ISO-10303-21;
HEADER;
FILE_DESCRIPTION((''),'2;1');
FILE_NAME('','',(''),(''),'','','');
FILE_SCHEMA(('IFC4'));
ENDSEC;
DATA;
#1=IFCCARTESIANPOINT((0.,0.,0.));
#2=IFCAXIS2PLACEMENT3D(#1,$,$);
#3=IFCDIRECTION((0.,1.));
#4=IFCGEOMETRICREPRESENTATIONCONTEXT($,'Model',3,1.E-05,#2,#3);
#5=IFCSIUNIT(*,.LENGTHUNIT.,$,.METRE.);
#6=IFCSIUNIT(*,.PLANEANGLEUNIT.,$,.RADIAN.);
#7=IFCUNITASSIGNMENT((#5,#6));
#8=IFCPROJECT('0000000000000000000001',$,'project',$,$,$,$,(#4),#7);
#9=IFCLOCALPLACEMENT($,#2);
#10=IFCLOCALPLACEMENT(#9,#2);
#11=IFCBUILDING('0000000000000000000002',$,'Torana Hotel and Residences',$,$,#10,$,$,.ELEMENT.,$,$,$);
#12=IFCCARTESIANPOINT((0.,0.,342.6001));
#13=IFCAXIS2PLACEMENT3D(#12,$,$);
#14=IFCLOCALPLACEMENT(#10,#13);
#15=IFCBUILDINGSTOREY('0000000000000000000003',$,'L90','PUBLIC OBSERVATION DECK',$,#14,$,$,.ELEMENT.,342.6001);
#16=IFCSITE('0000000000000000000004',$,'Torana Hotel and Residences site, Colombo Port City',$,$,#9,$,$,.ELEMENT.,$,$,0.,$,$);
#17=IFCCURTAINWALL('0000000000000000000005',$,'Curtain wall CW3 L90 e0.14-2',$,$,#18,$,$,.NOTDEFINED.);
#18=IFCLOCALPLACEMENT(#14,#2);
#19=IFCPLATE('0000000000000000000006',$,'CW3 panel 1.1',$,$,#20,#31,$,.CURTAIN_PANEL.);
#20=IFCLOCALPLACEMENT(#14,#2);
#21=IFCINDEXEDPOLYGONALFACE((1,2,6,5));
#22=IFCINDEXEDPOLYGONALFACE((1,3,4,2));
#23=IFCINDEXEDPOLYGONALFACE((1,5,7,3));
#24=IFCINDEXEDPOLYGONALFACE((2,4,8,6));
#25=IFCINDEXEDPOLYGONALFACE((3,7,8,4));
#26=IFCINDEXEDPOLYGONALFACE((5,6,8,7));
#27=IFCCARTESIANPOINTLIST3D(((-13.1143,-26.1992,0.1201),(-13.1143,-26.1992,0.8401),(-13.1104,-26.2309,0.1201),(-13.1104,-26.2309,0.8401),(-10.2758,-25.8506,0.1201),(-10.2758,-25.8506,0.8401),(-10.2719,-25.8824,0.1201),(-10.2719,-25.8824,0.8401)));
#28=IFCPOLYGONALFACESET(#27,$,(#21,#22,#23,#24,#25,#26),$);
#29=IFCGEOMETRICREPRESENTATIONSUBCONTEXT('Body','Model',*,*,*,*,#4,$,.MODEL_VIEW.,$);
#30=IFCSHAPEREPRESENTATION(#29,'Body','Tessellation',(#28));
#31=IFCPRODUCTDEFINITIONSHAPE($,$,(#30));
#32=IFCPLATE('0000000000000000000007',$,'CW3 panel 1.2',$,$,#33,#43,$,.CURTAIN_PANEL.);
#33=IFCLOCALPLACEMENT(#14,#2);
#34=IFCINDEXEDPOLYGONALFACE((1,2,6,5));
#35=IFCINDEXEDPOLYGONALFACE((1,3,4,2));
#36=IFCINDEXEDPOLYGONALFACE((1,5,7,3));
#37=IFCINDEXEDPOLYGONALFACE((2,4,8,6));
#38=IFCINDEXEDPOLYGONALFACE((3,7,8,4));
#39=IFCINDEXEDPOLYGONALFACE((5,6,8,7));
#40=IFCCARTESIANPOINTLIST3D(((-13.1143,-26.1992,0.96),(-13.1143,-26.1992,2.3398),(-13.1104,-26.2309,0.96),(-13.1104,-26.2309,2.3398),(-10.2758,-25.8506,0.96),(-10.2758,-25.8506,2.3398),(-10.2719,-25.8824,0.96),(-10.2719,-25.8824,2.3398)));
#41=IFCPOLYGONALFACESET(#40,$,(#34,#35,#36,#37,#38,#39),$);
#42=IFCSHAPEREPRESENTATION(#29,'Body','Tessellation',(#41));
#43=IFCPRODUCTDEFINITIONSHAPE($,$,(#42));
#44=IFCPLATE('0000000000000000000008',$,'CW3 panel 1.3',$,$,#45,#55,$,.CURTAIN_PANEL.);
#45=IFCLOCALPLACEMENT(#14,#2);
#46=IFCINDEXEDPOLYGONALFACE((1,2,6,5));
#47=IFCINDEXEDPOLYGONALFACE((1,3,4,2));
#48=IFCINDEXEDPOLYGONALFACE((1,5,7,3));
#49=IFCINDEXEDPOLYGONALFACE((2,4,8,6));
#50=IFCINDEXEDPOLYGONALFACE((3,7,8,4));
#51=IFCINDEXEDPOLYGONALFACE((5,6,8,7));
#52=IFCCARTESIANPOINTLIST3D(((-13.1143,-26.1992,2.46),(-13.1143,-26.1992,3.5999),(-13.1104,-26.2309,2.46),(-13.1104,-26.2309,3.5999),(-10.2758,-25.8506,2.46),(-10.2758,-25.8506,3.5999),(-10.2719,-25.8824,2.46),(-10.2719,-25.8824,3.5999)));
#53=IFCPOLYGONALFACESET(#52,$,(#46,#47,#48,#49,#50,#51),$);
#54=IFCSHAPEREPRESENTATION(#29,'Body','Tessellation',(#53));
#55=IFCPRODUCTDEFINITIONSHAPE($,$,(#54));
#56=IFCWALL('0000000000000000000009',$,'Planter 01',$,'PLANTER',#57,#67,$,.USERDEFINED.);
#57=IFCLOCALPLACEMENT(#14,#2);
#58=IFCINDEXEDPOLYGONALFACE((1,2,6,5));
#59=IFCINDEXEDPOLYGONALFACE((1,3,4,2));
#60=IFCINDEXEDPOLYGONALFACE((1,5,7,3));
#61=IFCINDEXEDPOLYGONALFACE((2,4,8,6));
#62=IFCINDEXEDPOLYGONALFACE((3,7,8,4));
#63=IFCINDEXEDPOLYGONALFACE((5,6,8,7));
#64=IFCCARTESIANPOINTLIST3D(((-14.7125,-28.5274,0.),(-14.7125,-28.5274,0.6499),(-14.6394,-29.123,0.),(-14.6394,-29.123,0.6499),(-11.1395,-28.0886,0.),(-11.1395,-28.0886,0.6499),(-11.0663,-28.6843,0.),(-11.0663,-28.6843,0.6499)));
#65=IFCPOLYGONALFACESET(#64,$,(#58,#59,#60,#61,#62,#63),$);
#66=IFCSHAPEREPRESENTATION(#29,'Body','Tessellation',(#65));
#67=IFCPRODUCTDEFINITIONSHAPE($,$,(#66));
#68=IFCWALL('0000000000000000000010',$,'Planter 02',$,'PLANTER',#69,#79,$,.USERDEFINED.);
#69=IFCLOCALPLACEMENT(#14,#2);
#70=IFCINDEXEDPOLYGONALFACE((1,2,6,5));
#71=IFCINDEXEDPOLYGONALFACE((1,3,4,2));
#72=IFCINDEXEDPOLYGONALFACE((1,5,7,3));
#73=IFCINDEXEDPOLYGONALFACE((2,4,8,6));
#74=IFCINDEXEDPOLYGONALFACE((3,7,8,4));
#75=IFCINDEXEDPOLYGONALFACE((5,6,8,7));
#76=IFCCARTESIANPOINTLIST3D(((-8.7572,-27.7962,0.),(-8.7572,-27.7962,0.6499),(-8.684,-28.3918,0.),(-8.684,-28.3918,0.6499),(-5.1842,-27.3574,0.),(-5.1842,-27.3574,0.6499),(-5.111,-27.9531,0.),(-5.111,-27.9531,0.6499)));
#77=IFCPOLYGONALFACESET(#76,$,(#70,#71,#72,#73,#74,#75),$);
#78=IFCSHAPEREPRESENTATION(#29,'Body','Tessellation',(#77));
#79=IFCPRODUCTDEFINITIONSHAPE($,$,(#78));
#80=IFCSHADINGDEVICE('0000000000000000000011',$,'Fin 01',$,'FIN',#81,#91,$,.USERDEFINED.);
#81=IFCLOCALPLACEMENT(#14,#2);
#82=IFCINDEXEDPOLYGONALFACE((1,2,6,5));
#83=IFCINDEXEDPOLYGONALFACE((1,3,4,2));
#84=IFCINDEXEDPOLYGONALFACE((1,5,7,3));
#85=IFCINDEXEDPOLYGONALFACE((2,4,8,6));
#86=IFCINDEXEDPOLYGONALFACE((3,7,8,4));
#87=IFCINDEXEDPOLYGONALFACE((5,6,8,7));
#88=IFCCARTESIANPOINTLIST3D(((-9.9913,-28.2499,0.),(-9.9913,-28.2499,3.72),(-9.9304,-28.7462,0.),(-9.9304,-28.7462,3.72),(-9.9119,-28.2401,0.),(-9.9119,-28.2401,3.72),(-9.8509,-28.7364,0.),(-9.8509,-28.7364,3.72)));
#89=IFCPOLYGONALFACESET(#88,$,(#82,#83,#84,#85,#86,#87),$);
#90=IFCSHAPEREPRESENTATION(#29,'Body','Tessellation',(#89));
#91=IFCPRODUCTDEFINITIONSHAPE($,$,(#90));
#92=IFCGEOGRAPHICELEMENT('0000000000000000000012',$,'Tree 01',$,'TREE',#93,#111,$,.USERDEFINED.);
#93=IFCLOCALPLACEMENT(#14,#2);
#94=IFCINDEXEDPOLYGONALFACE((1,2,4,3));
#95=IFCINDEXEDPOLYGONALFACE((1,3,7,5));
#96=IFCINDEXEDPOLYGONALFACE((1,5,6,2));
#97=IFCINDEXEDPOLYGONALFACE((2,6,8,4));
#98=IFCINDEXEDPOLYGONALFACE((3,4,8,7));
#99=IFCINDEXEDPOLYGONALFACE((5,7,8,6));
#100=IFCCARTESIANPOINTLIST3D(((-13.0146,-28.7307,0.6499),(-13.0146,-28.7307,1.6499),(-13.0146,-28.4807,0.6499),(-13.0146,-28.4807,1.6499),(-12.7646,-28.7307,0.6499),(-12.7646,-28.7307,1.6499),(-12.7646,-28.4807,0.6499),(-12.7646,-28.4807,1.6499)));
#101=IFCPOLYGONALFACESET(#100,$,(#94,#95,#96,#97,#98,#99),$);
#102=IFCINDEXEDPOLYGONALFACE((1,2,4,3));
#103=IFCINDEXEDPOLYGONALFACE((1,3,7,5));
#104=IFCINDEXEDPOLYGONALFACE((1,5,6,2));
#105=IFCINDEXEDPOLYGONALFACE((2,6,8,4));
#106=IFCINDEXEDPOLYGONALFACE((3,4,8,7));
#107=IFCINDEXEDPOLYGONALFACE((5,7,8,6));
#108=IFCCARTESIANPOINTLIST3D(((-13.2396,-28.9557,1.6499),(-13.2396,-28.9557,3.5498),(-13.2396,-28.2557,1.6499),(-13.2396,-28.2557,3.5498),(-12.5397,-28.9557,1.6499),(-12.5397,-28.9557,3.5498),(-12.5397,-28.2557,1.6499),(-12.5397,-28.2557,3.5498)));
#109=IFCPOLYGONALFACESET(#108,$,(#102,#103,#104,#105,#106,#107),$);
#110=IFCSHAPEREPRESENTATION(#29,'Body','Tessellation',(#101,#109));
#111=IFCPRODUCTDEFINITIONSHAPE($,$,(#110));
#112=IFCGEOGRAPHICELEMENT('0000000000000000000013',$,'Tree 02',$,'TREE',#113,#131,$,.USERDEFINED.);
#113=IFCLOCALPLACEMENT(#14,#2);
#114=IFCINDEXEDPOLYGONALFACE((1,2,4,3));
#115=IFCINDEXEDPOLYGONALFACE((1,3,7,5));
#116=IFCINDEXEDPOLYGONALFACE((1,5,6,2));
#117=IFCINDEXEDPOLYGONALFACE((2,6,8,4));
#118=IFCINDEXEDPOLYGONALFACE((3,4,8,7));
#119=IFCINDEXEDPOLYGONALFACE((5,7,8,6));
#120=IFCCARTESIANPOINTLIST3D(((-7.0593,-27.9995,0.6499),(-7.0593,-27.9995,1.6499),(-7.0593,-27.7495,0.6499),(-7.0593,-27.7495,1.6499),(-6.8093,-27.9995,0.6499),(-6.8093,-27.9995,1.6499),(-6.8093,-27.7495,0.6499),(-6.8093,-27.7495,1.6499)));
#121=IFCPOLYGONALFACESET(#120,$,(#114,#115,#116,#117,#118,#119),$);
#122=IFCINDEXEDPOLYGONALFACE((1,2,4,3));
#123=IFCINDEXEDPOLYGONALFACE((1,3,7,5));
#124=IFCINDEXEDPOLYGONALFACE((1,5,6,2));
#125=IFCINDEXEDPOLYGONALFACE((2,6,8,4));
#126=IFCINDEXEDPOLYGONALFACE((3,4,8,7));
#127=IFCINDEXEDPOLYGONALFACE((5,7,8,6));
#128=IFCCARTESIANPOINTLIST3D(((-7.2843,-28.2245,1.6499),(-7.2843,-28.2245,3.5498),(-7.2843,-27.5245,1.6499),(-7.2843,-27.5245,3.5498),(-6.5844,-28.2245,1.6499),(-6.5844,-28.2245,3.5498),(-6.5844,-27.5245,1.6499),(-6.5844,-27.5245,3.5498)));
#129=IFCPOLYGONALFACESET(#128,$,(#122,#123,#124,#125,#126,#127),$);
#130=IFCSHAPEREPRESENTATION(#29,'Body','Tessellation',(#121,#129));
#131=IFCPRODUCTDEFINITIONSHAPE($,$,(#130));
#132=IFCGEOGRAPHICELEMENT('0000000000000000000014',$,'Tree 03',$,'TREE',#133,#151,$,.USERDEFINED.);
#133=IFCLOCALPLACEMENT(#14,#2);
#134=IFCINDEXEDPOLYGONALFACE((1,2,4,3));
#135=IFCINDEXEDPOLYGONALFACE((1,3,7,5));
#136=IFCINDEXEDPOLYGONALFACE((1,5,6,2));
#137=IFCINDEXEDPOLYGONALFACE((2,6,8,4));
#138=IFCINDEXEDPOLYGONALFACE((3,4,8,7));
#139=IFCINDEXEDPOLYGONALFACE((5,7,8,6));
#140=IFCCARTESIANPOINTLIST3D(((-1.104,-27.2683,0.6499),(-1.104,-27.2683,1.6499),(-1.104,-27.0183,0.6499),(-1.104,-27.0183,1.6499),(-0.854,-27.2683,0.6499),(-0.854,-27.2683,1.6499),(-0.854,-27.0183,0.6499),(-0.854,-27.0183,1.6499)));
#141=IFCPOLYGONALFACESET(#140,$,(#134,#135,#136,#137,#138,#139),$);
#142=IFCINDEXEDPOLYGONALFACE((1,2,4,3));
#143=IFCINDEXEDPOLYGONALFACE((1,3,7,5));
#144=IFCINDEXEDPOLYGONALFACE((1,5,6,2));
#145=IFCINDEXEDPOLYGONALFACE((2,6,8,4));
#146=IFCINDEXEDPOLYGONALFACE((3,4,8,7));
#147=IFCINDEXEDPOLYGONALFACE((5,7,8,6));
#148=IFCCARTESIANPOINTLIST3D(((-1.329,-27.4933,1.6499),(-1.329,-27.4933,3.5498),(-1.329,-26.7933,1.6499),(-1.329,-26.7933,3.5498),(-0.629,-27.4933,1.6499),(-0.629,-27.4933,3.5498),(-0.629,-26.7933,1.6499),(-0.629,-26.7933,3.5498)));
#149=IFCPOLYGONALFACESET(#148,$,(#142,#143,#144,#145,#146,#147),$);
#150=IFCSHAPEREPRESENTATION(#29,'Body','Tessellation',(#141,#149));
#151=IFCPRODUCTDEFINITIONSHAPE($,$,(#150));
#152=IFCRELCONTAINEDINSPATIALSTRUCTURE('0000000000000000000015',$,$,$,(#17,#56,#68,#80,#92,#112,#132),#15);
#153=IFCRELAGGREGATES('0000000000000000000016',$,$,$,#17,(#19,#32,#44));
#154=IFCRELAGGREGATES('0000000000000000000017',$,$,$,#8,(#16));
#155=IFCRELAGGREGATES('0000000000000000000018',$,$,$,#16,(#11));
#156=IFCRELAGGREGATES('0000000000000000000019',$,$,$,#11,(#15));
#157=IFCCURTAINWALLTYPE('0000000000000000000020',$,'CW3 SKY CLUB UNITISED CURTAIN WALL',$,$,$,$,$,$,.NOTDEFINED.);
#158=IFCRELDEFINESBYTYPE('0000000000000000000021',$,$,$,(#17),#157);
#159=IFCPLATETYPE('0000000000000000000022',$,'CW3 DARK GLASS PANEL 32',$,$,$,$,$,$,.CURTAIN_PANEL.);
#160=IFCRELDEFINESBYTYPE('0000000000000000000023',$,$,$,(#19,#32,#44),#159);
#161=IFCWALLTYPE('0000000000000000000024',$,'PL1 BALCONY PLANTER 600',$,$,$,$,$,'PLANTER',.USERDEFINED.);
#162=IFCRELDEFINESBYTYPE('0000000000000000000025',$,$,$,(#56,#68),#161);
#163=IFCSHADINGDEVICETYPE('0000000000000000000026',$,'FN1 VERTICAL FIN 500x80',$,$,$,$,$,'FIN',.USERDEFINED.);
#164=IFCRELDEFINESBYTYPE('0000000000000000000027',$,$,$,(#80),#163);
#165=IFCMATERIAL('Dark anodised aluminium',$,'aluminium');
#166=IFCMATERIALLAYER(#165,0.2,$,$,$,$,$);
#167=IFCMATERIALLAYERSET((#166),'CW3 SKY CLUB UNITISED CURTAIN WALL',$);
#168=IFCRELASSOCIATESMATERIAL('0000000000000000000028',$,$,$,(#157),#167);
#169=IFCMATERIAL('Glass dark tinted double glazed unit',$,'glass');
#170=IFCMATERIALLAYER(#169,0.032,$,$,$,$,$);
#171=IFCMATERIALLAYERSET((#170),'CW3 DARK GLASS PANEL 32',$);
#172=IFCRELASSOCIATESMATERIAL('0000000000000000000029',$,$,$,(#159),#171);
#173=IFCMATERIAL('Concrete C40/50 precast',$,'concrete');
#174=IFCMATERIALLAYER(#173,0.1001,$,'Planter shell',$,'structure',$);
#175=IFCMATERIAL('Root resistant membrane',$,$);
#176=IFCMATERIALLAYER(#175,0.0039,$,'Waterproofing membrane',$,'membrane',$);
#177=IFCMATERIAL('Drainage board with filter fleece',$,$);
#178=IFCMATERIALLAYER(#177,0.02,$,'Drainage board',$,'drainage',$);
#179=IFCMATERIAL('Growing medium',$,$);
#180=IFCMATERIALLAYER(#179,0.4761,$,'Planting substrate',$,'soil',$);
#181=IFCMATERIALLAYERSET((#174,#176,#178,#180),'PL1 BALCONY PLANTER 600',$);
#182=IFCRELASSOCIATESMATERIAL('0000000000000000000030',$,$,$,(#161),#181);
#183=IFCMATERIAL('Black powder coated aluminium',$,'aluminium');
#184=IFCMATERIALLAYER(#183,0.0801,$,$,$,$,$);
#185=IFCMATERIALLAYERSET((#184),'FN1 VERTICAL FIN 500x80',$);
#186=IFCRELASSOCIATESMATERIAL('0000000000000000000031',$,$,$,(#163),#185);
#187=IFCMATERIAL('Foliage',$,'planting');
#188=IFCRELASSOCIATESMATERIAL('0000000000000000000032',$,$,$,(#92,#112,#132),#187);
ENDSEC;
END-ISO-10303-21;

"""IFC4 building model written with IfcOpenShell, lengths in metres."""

from ifc_helpers import new_model, si_unit, direction, frame, frame_2d, origin, origin_2d, place, context, subcontext, project, spatial, rectangle, extrude, material, layer, layer_set, type_object, element, aggregate, save


model = new_model("IFC4")

# Units and contexts
model_context = context("Model", 3, precision=1e-05, world=origin(), true_north=direction((0.0, 1.0)))
body_context = subcontext(model_context, "Body", "Model", "MODEL_VIEW")
ifc_project = project(units=[si_unit("LENGTHUNIT", "METRE"), si_unit("PLANEANGLEUNIT", "RADIAN")], contexts=[model_context])

# Site, building, storey
site_placement = place(None, origin())
site = spatial("IfcSite", under=ifc_project, at=site_placement, Name="Torana Hotel and Residences site, Colombo Port City", CompositionType="ELEMENT", RefElevation=0.0)
building_placement = place(site_placement, origin())
building = spatial("IfcBuilding", under=site, at=building_placement, Name="Torana Hotel and Residences", CompositionType="ELEMENT")
storey_placement = place(building_placement, frame((0.0, 0.0, 342.6001)))
storey = spatial("IfcBuildingStorey", under=building, at=storey_placement, Name="L90", Description="PUBLIC OBSERVATION DECK", CompositionType="ELEMENT", Elevation=342.6001)

# Curtain wall
ifc_material_1 = material(Name="Dark anodised aluminium", Category="aluminium")
ifc_layer_1 = layer(ifc_material_1, 0.2)
ifc_layer_set_1 = layer_set([ifc_layer_1], Name="CW3 SKY CLUB UNITISED CURTAIN WALL")
curtain_wall_type = type_object("IfcCurtainWallType", Name="CW3 SKY CLUB UNITISED CURTAIN WALL", PredefinedType="NOTDEFINED", material=ifc_layer_set_1)
curtain_wall_1_placement = place(storey_placement, origin())
curtain_wall_1 = element("IfcCurtainWall", 1, at=curtain_wall_1_placement, inside=storey, type_object=curtain_wall_type, Name="Curtain wall CW3 L90 e0.14-2", PredefinedType="NOTDEFINED")

# Plates
ifc_material_2 = material(Name="Glass dark tinted double glazed unit", Category="glass")
ifc_layer_2 = layer(ifc_material_2, 0.032)
ifc_layer_set_2 = layer_set([ifc_layer_2], Name="CW3 DARK GLASS PANEL 32")
plate_type = type_object("IfcPlateType", Name="CW3 DARK GLASS PANEL 32", PredefinedType="CURTAIN_PANEL", material=ifc_layer_set_2)
plate_1_placement = place(storey_placement, frame((-11.6931, -26.0408, 0.1201), z_axis=(0.0, 0.0, 1.0), x_axis=(0.992546, 0.121868, 0.0)))
plate_1 = element("IfcPlate", 2, at=plate_1_placement, type_object=plate_type, Name="CW3 panel 1.1", PredefinedType="CURTAIN_PANEL", context=body_context, shape_type="SweptSolid", body=[
    extrude(rectangle(XDim=2.8599, YDim=0.032, at=origin_2d()), origin(), (0.0, 0.0, 1.0), 0.72),
])
plate_2_placement = place(storey_placement, frame((-11.6931, -26.0408, 0.96), z_axis=(0.0, 0.0, 1.0), x_axis=(0.992546, 0.121868, 0.0)))
plate_2 = element("IfcPlate", 3, at=plate_2_placement, type_object=plate_type, Name="CW3 panel 1.2", PredefinedType="CURTAIN_PANEL", context=body_context, shape_type="SweptSolid", body=[
    extrude(rectangle(XDim=2.8599, YDim=0.032, at=origin_2d()), origin(), (0.0, 0.0, 1.0), 1.3799),
])
plate_3_placement = place(storey_placement, frame((-11.6931, -26.0408, 2.46), z_axis=(0.0, 0.0, 1.0), x_axis=(0.992546, 0.121868, 0.0)))
plate_3 = element("IfcPlate", 4, at=plate_3_placement, type_object=plate_type, Name="CW3 panel 1.3", PredefinedType="CURTAIN_PANEL", context=body_context, shape_type="SweptSolid", body=[
    extrude(rectangle(XDim=2.8599, YDim=0.032, at=origin_2d()), origin(), (0.0, 0.0, 1.0), 1.1399),
])
aggregate(curtain_wall_1, [plate_1, plate_2, plate_3])

# Walls
ifc_material_3 = material(Name="Concrete C40/50 precast", Category="concrete")
ifc_layer_3 = layer(ifc_material_3, 0.1001, Name="Planter shell", Category="structure")
ifc_material_4 = material(Name="Root resistant membrane")
ifc_layer_4 = layer(ifc_material_4, 0.0039, Name="Waterproofing membrane", Category="membrane")
ifc_material_5 = material(Name="Drainage board with filter fleece")
ifc_layer_5 = layer(ifc_material_5, 0.02, Name="Drainage board", Category="drainage")
ifc_material_6 = material(Name="Growing medium")
ifc_layer_6 = layer(ifc_material_6, 0.4761, Name="Planting substrate", Category="soil")
ifc_layer_set_3 = layer_set([ifc_layer_3, ifc_layer_4, ifc_layer_5, ifc_layer_6], Name="PL1 BALCONY PLANTER 600")
wall_type_1 = type_object("IfcWallType", Name="PL1 BALCONY PLANTER 600", ElementType="PLANTER", PredefinedType="USERDEFINED", material=ifc_layer_set_3)
for number, where, z_axis, x_axis, name in (
    (5, (-11.103, -28.3865, 0.0), (0.0, 0.0, 1.0), (-0.992546, -0.121873, 0.0), "Planter 01"),
    (6, (-5.1477, -27.6553, 0.0), (0.0, 0.0, 1.0), (-0.992546, -0.121873, 0.0), "Planter 02"),
):
    element("IfcWall", number, at=place(storey_placement, frame(where, z_axis=z_axis, x_axis=x_axis)), inside=storey, type_object=wall_type_1, Name=name, ObjectType="PLANTER", PredefinedType="USERDEFINED", context=body_context, shape_type="SweptSolid", body=[
        extrude(rectangle(XDim=3.5999, YDim=0.6001, at=frame_2d((1.7998, 0.0))), origin(), (0.0, 0.0, 1.0), 0.6499),
    ])

# Shading device
ifc_material_7 = material(Name="Black powder coated aluminium", Category="aluminium")
ifc_layer_7 = layer(ifc_material_7, 0.0801)
ifc_layer_set_4 = layer_set([ifc_layer_7], Name="FN1 VERTICAL FIN 500x80")
shading_device_type = type_object("IfcShadingDeviceType", Name="FN1 VERTICAL FIN 500x80", ElementType="FIN", PredefinedType="USERDEFINED", material=ifc_layer_set_4)
shading_device_placement = place(storey_placement, frame((-9.9211, -28.4932, 0.0), z_axis=(0.0, 0.0, 1.0), x_axis=(-0.992547, -0.121866, 0.0)))
element("IfcShadingDevice", 7, at=shading_device_placement, inside=storey, type_object=shading_device_type, Name="Fin 01", ObjectType="FIN", PredefinedType="USERDEFINED", context=body_context, shape_type="SweptSolid", body=[
    extrude(rectangle(XDim=0.0801, YDim=0.5, at=origin_2d()), origin(), (0.0, 0.0, 1.0), 3.72),
])

# Geographic elements
ifc_material_8 = material(Name="Foliage", Category="planting")
for number, where, z_axis, x_axis, name in (
    (8, (-12.8896, -28.6057, 0.6499), (0.0, 0.0, 1.0), (1.0, 0.0, 0.0), "Tree 01"),
    (9, (-6.9343, -27.8745, 0.6499), (0.0, 0.0, 1.0), (1.0, 0.0, 0.0), "Tree 02"),
    (10, (-0.979, -27.1433, 0.6499), (0.0, 0.0, 1.0), (1.0, 0.0, 0.0), "Tree 03"),
):
    element("IfcGeographicElement", number, at=place(storey_placement, frame(where, z_axis=z_axis, x_axis=x_axis)), inside=storey, material=ifc_material_8, Name=name, ObjectType="TREE", PredefinedType="USERDEFINED", context=body_context, shape_type="SweptSolid", body=[
        extrude(rectangle(XDim=0.25, YDim=0.25, at=origin_2d()), origin(), (0.0, 0.0, 1.0), 1.0),
        extrude(rectangle(XDim=0.7, YDim=0.7, at=origin_2d()), frame((0.0, 0.0, 1.0)), (0.0, 0.0, 1.0), 1.8999),
    ])

save(model, "model.ifc")
